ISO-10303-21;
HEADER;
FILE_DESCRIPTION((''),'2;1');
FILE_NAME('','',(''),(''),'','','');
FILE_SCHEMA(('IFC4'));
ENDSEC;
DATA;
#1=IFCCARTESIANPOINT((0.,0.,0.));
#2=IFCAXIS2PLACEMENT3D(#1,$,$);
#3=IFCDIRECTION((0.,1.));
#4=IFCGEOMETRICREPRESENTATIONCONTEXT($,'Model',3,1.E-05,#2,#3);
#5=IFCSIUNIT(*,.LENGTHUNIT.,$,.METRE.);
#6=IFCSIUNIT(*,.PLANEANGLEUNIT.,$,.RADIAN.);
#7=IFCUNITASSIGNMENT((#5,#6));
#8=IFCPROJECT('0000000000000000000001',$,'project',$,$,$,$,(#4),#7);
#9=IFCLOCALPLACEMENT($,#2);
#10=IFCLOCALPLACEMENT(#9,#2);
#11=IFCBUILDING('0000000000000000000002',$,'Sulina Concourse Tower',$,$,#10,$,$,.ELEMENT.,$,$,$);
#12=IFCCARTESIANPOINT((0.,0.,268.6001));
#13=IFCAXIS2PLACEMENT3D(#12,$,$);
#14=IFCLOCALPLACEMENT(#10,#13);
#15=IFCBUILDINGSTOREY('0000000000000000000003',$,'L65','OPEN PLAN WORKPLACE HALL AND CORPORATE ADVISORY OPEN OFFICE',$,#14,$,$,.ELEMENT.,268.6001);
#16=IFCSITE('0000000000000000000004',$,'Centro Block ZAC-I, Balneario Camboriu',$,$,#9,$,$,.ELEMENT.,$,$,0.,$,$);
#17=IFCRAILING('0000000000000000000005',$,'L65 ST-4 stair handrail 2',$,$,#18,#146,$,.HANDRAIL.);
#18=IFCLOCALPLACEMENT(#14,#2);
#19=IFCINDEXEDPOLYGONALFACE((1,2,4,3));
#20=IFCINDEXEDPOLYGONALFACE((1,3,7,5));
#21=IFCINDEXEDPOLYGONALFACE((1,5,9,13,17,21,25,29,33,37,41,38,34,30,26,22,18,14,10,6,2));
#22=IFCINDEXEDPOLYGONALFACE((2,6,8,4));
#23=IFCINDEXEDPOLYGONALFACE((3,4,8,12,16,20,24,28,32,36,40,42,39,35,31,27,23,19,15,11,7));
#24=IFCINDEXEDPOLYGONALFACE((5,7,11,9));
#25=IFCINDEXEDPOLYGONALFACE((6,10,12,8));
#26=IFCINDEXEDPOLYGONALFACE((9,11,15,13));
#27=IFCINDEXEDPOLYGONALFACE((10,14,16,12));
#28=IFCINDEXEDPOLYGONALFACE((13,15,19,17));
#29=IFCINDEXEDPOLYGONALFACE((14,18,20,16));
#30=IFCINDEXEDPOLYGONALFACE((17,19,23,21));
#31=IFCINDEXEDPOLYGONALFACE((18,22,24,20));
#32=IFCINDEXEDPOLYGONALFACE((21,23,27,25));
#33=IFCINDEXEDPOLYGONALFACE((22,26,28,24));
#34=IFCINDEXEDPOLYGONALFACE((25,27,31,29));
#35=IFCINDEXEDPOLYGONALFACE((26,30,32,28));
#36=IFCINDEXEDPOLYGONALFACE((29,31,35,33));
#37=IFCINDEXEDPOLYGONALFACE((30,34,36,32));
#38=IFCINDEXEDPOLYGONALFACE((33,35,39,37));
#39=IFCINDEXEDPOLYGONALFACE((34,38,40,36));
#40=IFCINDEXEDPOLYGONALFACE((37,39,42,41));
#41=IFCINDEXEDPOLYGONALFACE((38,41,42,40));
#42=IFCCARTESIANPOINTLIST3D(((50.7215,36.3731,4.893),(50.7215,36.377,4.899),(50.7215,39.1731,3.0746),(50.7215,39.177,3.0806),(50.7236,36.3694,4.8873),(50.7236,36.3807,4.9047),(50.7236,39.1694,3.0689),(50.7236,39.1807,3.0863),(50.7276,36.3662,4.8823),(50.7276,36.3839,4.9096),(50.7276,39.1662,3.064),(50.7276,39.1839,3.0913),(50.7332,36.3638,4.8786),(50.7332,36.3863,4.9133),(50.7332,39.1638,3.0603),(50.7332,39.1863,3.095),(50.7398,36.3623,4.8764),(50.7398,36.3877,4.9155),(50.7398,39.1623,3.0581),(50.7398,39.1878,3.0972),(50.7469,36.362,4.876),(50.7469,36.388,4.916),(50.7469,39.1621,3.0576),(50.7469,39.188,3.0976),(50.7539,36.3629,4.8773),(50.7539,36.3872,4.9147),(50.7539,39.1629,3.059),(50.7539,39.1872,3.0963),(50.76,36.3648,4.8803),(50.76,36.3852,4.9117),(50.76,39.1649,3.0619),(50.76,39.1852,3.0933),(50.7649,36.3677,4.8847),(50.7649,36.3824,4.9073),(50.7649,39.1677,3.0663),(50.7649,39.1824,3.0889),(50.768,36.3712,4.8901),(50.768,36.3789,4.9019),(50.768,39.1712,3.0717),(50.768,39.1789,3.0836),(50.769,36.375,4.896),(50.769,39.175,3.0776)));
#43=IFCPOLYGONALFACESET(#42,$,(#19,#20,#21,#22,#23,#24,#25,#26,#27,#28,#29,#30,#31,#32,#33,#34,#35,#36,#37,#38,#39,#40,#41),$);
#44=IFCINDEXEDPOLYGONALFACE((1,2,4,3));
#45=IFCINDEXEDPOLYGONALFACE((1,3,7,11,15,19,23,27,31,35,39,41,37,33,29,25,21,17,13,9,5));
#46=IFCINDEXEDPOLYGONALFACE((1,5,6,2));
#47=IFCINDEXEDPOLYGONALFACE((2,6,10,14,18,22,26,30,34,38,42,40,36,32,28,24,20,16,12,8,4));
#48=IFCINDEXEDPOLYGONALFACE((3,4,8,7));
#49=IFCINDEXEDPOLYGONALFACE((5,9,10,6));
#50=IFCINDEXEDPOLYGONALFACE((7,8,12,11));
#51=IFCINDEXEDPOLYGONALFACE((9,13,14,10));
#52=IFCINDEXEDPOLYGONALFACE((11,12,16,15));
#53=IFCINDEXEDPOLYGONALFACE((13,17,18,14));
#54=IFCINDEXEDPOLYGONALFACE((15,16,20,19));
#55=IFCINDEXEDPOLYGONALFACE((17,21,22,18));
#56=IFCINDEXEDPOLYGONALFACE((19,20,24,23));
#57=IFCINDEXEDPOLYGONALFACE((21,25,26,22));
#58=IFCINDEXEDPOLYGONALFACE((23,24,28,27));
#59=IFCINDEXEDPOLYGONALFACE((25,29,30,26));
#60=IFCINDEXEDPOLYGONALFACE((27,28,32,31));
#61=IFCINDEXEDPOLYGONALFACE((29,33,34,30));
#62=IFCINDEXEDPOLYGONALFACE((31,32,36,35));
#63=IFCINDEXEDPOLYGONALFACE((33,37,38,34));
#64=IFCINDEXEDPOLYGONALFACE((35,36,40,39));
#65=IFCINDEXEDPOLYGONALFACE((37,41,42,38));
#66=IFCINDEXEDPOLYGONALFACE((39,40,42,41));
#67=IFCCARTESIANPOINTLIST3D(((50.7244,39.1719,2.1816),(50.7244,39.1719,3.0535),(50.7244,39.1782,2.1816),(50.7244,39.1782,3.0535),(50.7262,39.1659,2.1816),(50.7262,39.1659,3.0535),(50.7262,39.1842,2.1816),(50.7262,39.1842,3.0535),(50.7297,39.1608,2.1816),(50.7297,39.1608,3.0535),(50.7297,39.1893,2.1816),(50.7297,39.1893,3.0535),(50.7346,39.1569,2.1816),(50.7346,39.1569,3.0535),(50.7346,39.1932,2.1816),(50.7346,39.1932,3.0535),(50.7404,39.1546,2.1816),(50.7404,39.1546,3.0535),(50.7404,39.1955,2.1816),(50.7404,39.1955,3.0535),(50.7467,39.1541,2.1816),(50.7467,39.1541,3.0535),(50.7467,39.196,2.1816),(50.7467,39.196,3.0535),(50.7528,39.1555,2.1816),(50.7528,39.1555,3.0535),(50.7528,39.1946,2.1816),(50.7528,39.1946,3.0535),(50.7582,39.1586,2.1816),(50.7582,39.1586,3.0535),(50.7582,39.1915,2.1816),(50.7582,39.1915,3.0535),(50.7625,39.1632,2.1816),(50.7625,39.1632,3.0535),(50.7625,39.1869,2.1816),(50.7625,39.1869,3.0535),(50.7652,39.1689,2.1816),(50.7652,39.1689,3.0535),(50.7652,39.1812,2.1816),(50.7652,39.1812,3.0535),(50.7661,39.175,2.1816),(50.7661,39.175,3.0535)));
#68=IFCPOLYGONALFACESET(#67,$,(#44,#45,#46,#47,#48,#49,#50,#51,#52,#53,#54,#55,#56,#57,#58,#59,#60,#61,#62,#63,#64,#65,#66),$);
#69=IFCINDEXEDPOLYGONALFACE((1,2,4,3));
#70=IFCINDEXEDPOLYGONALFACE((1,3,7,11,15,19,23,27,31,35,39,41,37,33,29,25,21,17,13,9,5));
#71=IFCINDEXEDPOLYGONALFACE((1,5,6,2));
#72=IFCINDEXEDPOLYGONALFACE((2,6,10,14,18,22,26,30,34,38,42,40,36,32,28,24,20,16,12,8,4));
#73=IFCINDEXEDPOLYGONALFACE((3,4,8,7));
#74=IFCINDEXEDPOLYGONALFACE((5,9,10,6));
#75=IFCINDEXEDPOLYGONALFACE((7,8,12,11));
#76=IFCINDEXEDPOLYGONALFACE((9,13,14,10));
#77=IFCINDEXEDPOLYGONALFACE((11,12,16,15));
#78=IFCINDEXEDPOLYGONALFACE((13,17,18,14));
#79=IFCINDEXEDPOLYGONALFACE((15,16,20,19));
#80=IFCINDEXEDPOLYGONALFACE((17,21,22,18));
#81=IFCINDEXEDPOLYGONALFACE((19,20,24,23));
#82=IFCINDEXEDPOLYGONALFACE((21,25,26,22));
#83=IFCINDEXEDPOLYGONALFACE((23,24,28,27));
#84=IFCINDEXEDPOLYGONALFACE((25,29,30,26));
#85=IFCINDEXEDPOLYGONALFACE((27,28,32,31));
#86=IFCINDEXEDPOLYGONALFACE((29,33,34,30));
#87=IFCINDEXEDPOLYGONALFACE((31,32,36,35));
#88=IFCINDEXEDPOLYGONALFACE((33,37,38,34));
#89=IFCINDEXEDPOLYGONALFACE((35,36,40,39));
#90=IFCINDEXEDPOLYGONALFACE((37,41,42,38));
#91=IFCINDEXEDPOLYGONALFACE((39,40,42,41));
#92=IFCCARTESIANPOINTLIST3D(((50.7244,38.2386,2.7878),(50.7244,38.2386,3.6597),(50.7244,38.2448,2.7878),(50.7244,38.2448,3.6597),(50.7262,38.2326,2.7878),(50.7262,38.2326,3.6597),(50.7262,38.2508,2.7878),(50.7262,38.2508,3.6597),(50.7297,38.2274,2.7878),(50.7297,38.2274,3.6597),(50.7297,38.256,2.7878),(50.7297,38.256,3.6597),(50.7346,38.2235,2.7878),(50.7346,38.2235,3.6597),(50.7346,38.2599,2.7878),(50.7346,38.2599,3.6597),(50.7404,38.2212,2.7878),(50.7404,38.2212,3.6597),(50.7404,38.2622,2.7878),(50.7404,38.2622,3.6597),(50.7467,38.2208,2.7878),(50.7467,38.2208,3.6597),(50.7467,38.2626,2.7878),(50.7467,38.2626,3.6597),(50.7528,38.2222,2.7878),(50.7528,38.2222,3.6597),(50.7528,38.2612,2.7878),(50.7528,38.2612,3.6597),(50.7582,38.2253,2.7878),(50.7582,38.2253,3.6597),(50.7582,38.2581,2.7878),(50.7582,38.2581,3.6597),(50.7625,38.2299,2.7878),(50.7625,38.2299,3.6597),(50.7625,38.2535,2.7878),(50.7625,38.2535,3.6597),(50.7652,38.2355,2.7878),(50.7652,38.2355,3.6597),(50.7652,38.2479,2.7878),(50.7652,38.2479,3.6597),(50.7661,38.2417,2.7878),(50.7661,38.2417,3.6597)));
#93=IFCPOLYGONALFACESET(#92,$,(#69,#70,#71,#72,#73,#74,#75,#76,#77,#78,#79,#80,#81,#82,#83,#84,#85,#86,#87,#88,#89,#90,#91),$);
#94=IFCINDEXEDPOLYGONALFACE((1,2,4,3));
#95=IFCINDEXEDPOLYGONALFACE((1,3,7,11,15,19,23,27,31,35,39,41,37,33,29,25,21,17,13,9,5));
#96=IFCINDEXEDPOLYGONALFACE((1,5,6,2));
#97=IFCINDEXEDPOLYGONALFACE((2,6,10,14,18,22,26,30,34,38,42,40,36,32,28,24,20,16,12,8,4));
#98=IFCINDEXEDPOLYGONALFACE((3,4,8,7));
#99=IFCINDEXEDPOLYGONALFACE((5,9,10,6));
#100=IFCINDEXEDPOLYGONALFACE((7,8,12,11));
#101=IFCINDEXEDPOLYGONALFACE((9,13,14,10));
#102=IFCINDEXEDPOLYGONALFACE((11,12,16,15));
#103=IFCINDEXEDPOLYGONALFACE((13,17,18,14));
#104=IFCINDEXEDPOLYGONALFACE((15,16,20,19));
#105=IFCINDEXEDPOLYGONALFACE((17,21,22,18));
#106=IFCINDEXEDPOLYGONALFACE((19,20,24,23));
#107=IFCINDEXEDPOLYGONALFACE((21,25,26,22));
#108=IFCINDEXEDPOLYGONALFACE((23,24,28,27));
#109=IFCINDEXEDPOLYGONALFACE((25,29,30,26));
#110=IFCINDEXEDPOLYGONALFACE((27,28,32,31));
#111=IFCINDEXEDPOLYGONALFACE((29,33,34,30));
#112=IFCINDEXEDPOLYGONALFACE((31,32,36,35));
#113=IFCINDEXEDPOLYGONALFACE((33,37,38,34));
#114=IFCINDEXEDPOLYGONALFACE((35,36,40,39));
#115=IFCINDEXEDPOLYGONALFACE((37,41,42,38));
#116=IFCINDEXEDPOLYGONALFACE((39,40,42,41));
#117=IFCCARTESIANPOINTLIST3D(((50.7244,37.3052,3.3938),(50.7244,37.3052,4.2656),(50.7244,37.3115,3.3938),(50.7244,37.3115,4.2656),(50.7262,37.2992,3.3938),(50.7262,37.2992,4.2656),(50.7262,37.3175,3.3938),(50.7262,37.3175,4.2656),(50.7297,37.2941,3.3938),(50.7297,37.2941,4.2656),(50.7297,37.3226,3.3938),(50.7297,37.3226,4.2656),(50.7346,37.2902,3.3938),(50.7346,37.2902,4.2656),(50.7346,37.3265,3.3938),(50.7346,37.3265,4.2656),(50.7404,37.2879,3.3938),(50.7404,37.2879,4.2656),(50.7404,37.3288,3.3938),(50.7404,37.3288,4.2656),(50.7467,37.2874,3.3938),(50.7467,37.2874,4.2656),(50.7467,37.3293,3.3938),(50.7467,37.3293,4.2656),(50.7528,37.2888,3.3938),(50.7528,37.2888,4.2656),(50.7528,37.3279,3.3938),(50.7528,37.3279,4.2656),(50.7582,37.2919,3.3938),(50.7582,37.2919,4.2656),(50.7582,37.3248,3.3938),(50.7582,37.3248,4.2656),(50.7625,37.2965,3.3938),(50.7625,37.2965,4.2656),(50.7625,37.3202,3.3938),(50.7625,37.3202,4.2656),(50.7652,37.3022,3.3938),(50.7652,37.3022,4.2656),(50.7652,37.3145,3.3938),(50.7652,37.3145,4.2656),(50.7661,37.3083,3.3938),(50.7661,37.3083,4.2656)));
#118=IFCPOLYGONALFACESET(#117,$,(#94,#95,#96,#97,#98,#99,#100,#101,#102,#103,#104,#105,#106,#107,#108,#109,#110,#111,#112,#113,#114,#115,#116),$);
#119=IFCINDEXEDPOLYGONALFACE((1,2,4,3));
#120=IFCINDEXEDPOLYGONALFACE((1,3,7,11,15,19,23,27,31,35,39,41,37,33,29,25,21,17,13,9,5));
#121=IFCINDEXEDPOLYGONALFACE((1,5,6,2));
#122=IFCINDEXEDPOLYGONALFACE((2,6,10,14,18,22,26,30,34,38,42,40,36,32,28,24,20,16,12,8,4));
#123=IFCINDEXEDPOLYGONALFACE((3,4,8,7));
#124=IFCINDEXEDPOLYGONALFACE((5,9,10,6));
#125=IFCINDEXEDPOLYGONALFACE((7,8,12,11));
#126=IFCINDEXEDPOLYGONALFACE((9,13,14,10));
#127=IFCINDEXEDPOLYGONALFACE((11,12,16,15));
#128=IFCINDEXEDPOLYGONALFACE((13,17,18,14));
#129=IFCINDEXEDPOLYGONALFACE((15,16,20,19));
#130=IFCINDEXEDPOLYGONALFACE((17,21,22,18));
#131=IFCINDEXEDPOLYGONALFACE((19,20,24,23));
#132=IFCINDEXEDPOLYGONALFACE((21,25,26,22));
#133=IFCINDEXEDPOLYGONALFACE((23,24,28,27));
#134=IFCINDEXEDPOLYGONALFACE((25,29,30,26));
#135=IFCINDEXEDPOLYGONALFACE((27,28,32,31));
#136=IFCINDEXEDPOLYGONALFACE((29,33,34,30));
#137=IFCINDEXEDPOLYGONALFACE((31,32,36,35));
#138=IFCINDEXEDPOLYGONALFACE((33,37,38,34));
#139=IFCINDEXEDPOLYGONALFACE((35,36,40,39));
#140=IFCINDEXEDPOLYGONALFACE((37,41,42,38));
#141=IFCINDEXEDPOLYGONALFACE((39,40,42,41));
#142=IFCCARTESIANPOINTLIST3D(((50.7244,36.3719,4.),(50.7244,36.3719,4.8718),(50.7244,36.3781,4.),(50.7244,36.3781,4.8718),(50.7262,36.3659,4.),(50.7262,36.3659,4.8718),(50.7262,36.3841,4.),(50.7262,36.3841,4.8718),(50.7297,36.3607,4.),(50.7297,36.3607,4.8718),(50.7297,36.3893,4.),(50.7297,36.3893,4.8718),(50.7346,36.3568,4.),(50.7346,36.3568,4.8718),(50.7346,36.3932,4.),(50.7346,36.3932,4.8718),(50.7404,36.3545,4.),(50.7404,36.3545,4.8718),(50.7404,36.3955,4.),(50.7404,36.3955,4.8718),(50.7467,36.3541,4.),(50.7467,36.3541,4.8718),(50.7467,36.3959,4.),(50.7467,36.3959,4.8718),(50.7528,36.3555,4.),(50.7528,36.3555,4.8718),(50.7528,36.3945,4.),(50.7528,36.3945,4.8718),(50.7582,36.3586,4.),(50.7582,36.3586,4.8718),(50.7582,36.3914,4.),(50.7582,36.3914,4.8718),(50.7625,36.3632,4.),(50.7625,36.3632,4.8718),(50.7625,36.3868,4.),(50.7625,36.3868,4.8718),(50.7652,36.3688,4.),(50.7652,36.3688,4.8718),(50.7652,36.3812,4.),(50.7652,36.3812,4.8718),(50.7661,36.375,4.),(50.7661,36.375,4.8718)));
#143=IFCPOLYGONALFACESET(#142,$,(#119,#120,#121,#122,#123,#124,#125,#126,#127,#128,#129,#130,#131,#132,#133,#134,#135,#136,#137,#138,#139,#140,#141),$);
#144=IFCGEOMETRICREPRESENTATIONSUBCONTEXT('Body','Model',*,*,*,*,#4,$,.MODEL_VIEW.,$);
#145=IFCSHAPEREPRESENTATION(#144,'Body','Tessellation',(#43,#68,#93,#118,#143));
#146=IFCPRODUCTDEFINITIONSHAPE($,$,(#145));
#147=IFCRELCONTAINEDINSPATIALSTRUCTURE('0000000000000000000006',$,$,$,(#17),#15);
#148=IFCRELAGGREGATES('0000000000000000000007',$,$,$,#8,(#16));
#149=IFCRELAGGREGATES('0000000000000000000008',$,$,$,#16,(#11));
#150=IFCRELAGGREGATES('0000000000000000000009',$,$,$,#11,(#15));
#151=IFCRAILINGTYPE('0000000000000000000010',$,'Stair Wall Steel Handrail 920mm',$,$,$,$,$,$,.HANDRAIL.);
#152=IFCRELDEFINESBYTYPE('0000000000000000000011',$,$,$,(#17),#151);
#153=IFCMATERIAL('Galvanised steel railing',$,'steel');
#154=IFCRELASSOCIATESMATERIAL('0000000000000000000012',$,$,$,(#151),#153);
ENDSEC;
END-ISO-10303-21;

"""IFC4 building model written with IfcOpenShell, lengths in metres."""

from ifc_helpers import new_model, si_unit, direction, frame, origin, origin_2d, place, context, subcontext, project, spatial, circle, extrude, material, type_object, element, save


model = new_model("IFC4")

# Units and contexts
model_context = context("Model", 3, precision=1e-05, world=origin(), true_north=direction((0.0, 1.0)))
body_context = subcontext(model_context, "Body", "Model", "MODEL_VIEW")
ifc_project = project(units=[si_unit("LENGTHUNIT", "METRE"), si_unit("PLANEANGLEUNIT", "RADIAN")], contexts=[model_context])

# Site, building, storey
site_placement = place(None, origin())
site = spatial("IfcSite", under=ifc_project, at=site_placement, Name="Centro Block ZAC-I, Balneario Camboriu", CompositionType="ELEMENT", RefElevation=0.0)
building_placement = place(site_placement, origin())
building = spatial("IfcBuilding", under=site, at=building_placement, Name="Sulina Concourse Tower", CompositionType="ELEMENT")
storey_placement = place(building_placement, frame((0.0, 0.0, 268.6001)))
storey = spatial("IfcBuildingStorey", under=building, at=storey_placement, Name="L65", Description="OPEN PLAN WORKPLACE HALL AND CORPORATE ADVISORY OPEN OFFICE", CompositionType="ELEMENT", Elevation=268.6001)

# Railing
ifc_material_1 = material(Name="Galvanised steel railing", Category="steel")
railing_type_1 = type_object("IfcRailingType", Name="Stair Wall Steel Handrail 920mm", PredefinedType="HANDRAIL", material=ifc_material_1)
railing_1_placement = place(storey_placement, frame((50.7451, 39.175, 2.1816)))
element("IfcRailing", 1, at=railing_1_placement, inside=storey, type_object=railing_type_1, Name="L65 ST-4 stair handrail 2", PredefinedType="HANDRAIL", context=body_context, shape_type="SweptSolid", body=[
    extrude(circle(Radius=0.0239, at=origin_2d()), frame((0.0, 0.0, 0.896), z_axis=(0.0, -0.838672, 0.544636), x_axis=(1.0, 0.0, 0.0)), (0.0, 0.0, 1.0), 3.3386),
    extrude(circle(Radius=0.021, at=origin_2d()), origin(), (0.0, 0.0, 1.0), 0.8718),
    extrude(circle(Radius=0.021, at=origin_2d()), frame((0.0, -0.9333, 0.6062)), (0.0, 0.0, 1.0), 0.8718),
    extrude(circle(Radius=0.021, at=origin_2d()), frame((0.0, -1.8667, 1.2122)), (0.0, 0.0, 1.0), 0.8718),
    extrude(circle(Radius=0.021, at=origin_2d()), frame((0.0, -2.8, 1.8184)), (0.0, 0.0, 1.0), 0.8718),
])

save(model, "model.ifc")
